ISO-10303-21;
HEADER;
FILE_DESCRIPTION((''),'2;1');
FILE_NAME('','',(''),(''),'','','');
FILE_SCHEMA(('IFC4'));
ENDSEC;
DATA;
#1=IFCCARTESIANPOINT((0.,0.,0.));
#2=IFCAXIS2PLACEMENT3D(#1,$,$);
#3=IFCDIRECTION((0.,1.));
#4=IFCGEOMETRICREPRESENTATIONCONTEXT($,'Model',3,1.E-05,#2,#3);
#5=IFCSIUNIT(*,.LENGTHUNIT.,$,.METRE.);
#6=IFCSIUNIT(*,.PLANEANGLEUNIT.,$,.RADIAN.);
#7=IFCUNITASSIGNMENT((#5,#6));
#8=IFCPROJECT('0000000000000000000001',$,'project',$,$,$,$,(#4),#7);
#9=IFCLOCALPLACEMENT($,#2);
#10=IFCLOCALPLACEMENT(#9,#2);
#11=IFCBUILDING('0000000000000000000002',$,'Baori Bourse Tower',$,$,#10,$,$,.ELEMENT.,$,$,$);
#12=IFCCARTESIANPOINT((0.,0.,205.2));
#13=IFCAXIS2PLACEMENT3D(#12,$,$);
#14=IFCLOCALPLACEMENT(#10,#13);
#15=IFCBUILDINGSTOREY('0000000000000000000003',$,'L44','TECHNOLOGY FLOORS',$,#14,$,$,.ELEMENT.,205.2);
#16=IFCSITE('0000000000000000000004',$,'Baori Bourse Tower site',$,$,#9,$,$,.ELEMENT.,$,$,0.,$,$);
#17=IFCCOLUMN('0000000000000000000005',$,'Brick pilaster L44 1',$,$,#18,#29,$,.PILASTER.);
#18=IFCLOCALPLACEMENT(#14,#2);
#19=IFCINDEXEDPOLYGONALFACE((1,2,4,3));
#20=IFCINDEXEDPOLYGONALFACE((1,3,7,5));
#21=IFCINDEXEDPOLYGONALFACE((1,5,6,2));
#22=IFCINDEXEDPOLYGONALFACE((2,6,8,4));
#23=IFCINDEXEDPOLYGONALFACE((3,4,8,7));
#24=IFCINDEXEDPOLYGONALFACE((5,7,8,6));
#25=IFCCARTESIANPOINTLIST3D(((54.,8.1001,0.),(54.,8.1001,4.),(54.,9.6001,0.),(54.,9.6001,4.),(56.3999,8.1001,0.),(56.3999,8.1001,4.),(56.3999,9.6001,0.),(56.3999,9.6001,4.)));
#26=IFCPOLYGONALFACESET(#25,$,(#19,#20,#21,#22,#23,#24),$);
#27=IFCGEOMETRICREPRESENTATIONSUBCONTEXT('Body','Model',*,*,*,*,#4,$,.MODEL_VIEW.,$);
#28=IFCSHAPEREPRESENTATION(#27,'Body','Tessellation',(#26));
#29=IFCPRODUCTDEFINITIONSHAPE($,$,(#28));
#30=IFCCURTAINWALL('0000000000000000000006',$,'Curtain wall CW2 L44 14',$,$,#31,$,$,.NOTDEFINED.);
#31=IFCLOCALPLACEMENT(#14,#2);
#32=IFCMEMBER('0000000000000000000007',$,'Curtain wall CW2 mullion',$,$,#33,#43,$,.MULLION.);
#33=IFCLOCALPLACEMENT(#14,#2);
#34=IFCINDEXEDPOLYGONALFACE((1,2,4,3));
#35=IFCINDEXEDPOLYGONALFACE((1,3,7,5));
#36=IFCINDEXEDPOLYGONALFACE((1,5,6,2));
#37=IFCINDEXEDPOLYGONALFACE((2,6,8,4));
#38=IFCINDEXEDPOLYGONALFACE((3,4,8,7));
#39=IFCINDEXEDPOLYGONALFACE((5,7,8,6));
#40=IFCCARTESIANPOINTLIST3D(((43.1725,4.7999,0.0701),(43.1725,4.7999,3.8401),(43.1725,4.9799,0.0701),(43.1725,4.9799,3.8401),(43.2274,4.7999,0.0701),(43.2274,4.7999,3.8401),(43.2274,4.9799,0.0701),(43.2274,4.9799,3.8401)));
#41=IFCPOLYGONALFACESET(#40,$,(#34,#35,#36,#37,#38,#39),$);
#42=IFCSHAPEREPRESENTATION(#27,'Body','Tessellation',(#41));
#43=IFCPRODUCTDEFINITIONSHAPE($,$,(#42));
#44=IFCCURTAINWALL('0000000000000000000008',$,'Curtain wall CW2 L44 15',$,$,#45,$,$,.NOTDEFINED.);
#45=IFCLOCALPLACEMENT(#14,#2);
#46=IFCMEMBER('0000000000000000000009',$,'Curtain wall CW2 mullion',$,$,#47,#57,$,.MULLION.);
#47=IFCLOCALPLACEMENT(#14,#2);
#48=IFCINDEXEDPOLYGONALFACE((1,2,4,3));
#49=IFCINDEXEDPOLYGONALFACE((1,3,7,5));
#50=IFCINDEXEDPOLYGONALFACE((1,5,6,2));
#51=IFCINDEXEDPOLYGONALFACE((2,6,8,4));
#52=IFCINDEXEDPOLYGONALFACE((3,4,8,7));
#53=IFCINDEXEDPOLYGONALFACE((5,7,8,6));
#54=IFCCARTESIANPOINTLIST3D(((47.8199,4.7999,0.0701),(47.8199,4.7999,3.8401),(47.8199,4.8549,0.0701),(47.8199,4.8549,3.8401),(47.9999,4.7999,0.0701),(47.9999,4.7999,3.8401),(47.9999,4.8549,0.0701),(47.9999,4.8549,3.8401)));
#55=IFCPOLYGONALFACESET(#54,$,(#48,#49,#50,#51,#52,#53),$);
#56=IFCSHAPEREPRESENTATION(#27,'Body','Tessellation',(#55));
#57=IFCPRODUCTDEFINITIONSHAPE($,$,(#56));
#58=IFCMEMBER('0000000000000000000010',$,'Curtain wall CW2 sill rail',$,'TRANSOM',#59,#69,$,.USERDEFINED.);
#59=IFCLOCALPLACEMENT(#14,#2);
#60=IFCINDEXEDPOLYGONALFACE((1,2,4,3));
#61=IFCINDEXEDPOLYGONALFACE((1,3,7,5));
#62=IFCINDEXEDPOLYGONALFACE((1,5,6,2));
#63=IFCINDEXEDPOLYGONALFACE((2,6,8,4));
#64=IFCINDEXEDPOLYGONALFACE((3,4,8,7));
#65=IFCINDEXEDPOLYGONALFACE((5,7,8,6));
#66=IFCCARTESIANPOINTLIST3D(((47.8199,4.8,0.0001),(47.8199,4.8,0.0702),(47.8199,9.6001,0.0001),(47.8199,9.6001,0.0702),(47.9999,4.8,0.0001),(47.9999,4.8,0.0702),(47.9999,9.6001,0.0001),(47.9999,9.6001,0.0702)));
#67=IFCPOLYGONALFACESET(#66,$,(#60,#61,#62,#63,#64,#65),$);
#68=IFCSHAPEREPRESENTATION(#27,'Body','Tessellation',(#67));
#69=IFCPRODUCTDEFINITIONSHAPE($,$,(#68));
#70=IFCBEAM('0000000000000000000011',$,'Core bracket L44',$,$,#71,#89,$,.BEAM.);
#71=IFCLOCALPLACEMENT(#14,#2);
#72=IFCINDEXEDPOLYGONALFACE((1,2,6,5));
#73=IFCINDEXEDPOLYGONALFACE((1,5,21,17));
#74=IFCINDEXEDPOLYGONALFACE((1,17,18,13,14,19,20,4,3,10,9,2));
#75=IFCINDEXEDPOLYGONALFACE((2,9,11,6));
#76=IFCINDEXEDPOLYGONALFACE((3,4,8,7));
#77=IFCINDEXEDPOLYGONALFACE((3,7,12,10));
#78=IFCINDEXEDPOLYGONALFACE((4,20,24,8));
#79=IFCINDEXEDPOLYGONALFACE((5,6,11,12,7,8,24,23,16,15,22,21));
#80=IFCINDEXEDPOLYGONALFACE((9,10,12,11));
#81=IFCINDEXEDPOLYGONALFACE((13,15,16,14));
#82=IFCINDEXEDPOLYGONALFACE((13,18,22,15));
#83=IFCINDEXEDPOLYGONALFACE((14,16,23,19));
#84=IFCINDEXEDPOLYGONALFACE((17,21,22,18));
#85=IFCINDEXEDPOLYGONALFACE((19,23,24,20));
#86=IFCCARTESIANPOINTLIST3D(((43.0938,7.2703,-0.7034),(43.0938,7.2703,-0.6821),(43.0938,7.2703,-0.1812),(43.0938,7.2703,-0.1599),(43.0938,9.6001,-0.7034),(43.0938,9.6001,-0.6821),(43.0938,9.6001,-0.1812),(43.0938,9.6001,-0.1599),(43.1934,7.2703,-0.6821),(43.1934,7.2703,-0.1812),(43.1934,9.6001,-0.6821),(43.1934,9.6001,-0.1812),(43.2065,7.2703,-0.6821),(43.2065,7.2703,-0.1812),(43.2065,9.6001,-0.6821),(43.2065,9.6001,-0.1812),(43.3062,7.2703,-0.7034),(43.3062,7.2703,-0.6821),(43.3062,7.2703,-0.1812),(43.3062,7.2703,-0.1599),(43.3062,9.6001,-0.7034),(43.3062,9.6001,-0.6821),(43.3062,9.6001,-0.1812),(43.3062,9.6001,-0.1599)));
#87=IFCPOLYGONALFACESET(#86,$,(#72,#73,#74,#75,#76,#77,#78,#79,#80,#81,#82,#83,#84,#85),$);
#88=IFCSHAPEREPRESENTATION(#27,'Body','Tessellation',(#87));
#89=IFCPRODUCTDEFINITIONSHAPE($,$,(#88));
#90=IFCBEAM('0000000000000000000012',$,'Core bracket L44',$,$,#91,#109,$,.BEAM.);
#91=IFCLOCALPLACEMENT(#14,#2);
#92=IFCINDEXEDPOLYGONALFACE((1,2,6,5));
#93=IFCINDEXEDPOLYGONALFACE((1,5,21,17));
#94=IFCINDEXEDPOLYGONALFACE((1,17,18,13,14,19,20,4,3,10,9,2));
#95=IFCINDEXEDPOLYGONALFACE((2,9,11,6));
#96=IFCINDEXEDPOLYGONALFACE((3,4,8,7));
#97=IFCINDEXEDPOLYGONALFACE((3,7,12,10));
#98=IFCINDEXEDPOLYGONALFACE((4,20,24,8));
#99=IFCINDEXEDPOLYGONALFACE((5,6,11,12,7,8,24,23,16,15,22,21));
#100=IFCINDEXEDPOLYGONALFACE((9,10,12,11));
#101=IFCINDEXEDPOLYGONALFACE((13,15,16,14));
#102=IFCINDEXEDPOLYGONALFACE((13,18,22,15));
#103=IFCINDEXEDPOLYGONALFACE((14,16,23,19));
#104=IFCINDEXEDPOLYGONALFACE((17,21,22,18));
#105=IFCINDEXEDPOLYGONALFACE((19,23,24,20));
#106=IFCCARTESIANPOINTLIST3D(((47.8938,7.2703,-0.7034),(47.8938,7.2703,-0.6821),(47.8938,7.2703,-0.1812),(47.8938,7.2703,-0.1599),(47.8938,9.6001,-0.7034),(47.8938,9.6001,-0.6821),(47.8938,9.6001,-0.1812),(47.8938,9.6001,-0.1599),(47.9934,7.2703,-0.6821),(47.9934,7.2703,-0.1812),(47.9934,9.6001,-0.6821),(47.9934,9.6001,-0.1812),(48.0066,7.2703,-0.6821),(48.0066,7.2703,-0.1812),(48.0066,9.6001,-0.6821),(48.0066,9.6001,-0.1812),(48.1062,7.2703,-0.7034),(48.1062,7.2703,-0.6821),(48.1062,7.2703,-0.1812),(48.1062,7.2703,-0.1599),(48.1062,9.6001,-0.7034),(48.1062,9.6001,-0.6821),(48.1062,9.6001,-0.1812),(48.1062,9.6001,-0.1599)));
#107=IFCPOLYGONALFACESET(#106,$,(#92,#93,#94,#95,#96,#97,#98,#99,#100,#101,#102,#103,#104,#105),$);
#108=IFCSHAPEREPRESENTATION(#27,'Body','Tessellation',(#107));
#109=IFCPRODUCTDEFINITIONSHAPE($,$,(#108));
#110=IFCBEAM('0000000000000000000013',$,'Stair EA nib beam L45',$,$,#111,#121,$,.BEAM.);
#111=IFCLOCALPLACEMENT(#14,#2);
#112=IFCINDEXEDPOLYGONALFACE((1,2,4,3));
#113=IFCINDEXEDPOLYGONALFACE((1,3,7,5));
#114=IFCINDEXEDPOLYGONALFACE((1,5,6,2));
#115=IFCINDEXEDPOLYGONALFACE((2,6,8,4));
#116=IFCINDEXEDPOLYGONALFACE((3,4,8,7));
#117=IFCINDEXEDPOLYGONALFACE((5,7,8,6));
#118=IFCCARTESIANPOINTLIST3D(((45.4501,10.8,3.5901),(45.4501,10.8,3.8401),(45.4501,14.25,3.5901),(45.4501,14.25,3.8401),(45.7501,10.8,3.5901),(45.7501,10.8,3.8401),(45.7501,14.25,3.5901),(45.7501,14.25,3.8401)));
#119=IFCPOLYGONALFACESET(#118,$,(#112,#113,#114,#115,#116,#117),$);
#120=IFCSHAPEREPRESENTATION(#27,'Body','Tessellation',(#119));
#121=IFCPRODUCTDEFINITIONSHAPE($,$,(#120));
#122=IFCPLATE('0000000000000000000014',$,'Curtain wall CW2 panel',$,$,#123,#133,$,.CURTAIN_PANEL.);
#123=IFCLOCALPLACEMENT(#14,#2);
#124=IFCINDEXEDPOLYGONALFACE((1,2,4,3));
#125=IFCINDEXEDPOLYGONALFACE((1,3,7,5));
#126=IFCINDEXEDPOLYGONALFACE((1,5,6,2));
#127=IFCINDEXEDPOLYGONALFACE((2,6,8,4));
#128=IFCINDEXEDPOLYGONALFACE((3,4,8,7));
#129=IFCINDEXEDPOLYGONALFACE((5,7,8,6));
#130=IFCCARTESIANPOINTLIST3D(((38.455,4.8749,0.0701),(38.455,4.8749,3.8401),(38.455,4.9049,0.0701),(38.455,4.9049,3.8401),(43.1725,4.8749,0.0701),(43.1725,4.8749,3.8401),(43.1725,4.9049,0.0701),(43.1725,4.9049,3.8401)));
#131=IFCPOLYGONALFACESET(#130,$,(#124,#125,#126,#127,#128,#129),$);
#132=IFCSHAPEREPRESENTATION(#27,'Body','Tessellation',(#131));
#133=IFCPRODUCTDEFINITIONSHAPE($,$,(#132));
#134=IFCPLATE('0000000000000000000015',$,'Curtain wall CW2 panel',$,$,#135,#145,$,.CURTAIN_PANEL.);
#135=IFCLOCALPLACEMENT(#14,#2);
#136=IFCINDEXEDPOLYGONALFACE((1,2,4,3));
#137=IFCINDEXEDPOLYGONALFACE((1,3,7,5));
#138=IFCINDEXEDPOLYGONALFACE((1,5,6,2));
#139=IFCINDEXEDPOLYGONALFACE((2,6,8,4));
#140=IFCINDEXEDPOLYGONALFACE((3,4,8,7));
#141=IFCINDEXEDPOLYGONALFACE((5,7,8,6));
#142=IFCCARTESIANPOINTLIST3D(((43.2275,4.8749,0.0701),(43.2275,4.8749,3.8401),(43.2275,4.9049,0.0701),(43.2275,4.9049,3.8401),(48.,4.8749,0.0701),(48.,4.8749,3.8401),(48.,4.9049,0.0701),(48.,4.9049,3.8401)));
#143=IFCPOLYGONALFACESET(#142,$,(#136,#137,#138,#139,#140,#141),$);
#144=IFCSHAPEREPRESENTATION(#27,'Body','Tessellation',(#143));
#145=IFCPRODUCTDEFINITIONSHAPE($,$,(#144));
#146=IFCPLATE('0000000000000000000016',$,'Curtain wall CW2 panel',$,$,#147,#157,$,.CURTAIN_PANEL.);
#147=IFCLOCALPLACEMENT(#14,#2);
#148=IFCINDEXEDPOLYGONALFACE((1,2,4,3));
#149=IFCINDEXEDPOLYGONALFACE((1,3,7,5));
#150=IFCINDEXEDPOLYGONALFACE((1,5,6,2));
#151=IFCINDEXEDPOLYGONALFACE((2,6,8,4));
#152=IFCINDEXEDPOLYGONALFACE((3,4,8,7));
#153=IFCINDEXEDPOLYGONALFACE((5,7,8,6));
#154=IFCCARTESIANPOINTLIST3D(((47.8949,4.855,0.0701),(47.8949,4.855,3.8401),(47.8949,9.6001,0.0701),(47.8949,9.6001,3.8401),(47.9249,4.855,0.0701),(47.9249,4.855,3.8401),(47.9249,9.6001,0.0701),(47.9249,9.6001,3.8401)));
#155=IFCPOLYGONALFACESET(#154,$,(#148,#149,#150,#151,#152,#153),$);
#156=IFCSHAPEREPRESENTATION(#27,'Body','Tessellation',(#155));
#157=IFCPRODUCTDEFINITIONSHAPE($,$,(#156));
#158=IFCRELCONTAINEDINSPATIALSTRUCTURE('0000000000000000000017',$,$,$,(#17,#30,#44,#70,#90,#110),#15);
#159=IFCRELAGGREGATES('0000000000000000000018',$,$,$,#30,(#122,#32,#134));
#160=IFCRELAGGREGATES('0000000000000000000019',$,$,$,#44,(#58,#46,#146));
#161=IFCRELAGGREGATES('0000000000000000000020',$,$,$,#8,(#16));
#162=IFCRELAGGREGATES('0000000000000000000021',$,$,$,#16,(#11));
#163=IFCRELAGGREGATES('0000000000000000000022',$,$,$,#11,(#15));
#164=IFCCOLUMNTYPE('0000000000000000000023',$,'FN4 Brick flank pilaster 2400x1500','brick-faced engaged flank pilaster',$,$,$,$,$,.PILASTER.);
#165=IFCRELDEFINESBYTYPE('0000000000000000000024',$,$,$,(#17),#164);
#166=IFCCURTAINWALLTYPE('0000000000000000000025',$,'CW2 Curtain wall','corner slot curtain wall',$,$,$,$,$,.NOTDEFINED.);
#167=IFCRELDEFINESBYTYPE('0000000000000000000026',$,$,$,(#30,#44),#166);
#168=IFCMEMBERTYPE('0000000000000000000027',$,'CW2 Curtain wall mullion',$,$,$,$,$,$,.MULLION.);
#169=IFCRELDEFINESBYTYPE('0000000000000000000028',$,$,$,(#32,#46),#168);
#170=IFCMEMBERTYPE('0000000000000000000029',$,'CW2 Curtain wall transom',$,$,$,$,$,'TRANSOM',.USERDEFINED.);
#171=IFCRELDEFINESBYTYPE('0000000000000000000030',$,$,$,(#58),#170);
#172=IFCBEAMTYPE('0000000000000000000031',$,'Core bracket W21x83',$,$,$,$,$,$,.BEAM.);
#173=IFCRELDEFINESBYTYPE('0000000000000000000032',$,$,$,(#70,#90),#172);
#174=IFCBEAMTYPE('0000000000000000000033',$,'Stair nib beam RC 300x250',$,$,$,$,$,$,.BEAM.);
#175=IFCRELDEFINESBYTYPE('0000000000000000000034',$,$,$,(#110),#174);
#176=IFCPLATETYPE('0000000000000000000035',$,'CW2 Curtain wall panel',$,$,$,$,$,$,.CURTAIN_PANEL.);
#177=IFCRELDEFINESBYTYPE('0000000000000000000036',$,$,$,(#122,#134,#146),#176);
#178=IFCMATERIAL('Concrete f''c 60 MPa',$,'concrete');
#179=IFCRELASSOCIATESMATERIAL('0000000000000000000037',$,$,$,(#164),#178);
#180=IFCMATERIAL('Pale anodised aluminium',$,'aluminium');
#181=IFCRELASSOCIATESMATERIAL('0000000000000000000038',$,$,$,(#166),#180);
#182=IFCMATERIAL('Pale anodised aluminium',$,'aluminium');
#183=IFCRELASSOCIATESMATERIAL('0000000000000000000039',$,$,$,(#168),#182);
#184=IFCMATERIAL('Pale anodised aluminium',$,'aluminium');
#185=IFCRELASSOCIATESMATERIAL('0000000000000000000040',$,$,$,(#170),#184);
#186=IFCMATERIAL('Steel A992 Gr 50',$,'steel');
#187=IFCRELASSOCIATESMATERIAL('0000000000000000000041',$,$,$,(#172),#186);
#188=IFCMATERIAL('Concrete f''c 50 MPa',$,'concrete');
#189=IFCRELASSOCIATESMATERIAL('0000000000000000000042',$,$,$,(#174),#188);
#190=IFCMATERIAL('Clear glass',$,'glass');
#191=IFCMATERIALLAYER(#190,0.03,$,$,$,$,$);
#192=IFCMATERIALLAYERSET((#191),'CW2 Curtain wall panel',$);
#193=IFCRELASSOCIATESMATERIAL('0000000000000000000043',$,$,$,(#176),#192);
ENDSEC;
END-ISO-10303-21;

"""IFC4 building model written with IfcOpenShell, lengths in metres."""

from ifc_helpers import new_model, si_unit, direction, frame, origin, origin_2d, place, context, subcontext, project, spatial, rectangle, i_section, extrude, material, layer, layer_set, material_profile, profile_set, type_object, element, aggregate, save


model = new_model("IFC4")

# Units and contexts
model_context = context("Model", 3, precision=1e-05, world=origin(), true_north=direction((0.0, 1.0)))
body_context = subcontext(model_context, "Body", "Model", "MODEL_VIEW")
ifc_project = project(units=[si_unit("LENGTHUNIT", "METRE"), si_unit("PLANEANGLEUNIT", "RADIAN")], contexts=[model_context])

# Site, building, storey
site_placement = place(None, origin())
site = spatial("IfcSite", under=ifc_project, at=site_placement, Name="Baori Bourse Tower site", CompositionType="ELEMENT", RefElevation=0.0)
building_placement = place(site_placement, origin())
building = spatial("IfcBuilding", under=site, at=building_placement, Name="Baori Bourse Tower", CompositionType="ELEMENT")
storey_placement = place(building_placement, frame((0.0, 0.0, 205.2)))
storey = spatial("IfcBuildingStorey", under=building, at=storey_placement, Name="L44", Description="TECHNOLOGY FLOORS", CompositionType="ELEMENT", Elevation=205.2)

# Column
ifc_material_1 = material(Name="Concrete f'c 60 MPa", Category="concrete")
ifc_material_profile_1 = material_profile(ifc_material_1, rectangle(XDim=2.3999, YDim=1.5, at=origin_2d()), Name="RC 2400x1500")
ifc_profile_set_1 = profile_set([ifc_material_profile_1], Name="Concrete f'c 60 MPa")
column_type = type_object("IfcColumnType", Name="FN4 Brick flank pilaster 2400x1500", Description="brick-faced engaged flank pilaster", PredefinedType="PILASTER", material=ifc_profile_set_1)
column_placement = place(storey_placement, frame((55.2, 8.8501, 0.0), z_axis=(0.0, 0.0, 1.0), x_axis=(1.0, 0.0, 0.0)))
element("IfcColumn", 1, at=column_placement, inside=storey, type_object=column_type, Name="Brick pilaster L44 1", PredefinedType="PILASTER", context=body_context, shape_type="SweptSolid", body=[
    extrude(rectangle(XDim=2.3999, YDim=1.5, at=origin_2d()), origin(), (0.0, 0.0, 1.0), 4.0),
])

# Curtain wall, member
ifc_material_2 = material(Name="Pale anodised aluminium", Category="aluminium")
curtain_wall_type = type_object("IfcCurtainWallType", Name="CW2 Curtain wall", Description="corner slot curtain wall", PredefinedType="NOTDEFINED", material=ifc_material_2)
curtain_wall_1_placement = place(storey_placement, origin())
curtain_wall_1 = element("IfcCurtainWall", 2, at=curtain_wall_1_placement, inside=storey, type_object=curtain_wall_type, Name="Curtain wall CW2 L44 14", PredefinedType="NOTDEFINED")
ifc_material_3 = material(Name="Pale anodised aluminium", Category="aluminium")
ifc_material_profile_2 = material_profile(ifc_material_3, rectangle(XDim=0.1799, YDim=0.0549, at=origin_2d()), Name="Mullion 55x180")
ifc_profile_set_2 = profile_set([ifc_material_profile_2], Name="Pale anodised aluminium")
member_type_1 = type_object("IfcMemberType", Name="CW2 Curtain wall mullion", PredefinedType="MULLION", material=ifc_profile_set_2)
member_1_placement = place(storey_placement, frame((43.2, 4.8899, 0.0701), z_axis=(0.0, 0.0, 1.0), x_axis=(0.0, 1.0, 0.0)))
member_1 = element("IfcMember", 3, at=member_1_placement, type_object=member_type_1, Name="Curtain wall CW2 mullion", PredefinedType="MULLION", context=body_context, shape_type="SweptSolid", body=[
    extrude(rectangle(XDim=0.1799, YDim=0.0549, at=origin_2d()), origin(), (0.0, 0.0, 1.0), 3.77),
])

# Curtain wall, members
curtain_wall_2_placement = place(storey_placement, origin())
curtain_wall_2 = element("IfcCurtainWall", 4, at=curtain_wall_2_placement, inside=storey, type_object=curtain_wall_type, Name="Curtain wall CW2 L44 15", PredefinedType="NOTDEFINED")
member_2_placement = place(storey_placement, frame((47.9099, 4.8274, 0.0701), z_axis=(0.0, 0.0, 1.0), x_axis=(-1.0, 0.0, 0.0)))
member_2 = element("IfcMember", 5, at=member_2_placement, type_object=member_type_1, Name="Curtain wall CW2 mullion", PredefinedType="MULLION", context=body_context, shape_type="SweptSolid", body=[
    extrude(rectangle(XDim=0.1799, YDim=0.0549, at=origin_2d()), origin(), (0.0, 0.0, 1.0), 3.77),
])
ifc_material_4 = material(Name="Pale anodised aluminium", Category="aluminium")
ifc_material_profile_3 = material_profile(ifc_material_4, rectangle(XDim=0.1799, YDim=0.0701, at=origin_2d()), Name="Transom 70x180")
ifc_profile_set_3 = profile_set([ifc_material_profile_3], Name="Pale anodised aluminium")
member_type_2 = type_object("IfcMemberType", Name="CW2 Curtain wall transom", ElementType="TRANSOM", PredefinedType="USERDEFINED", material=ifc_profile_set_3)
member_3_placement = place(storey_placement, frame((47.9099, 4.8, 0.0352), z_axis=(0.0, 1.0, 0.0), x_axis=(-1.0, 0.0, 0.0)))
member_3 = element("IfcMember", 6, at=member_3_placement, type_object=member_type_2, Name="Curtain wall CW2 sill rail", ObjectType="TRANSOM", PredefinedType="USERDEFINED", context=body_context, shape_type="SweptSolid", body=[
    extrude(rectangle(XDim=0.1799, YDim=0.0701, at=origin_2d()), origin(), (0.0, 0.0, 1.0), 4.8),
])

# Beams
ifc_material_5 = material(Name="Steel A992 Gr 50", Category="steel")
ifc_material_profile_4 = material_profile(ifc_material_5, i_section(OverallWidth=0.2124, OverallDepth=0.5435, WebThickness=0.0132, FlangeThickness=0.0212, at=origin_2d()), Name="W21x83")
ifc_profile_set_4 = profile_set([ifc_material_profile_4], Name="Steel A992 Gr 50")
beam_type_1 = type_object("IfcBeamType", Name="Core bracket W21x83", PredefinedType="BEAM", material=ifc_profile_set_4)
for number, where, z_axis, x_axis, name in (
    (7, (43.2, 7.2703, -0.4316), (0.0, 1.0, 0.0), (-1.0, 0.0, 0.0), "Core bracket L44"),
    (8, (48.0, 7.2703, -0.4316), (0.0, 1.0, 0.0), (-1.0, 0.0, 0.0), "Core bracket L44"),
):
    element("IfcBeam", number, at=place(storey_placement, frame(where, z_axis=z_axis, x_axis=x_axis)), inside=storey, type_object=beam_type_1, Name=name, PredefinedType="BEAM", context=body_context, shape_type="SweptSolid", body=[
        extrude(i_section(OverallWidth=0.2124, OverallDepth=0.5435, WebThickness=0.0132, FlangeThickness=0.0212, at=origin_2d()), origin(), (0.0, 0.0, 1.0), 2.3298),
    ])
ifc_material_6 = material(Name="Concrete f'c 50 MPa", Category="concrete")
ifc_material_profile_5 = material_profile(ifc_material_6, rectangle(XDim=0.3, YDim=0.25, at=origin_2d()), Name="RC 300x250")
ifc_profile_set_5 = profile_set([ifc_material_profile_5], Name="Concrete f'c 50 MPa")
beam_type_2 = type_object("IfcBeamType", Name="Stair nib beam RC 300x250", PredefinedType="BEAM", material=ifc_profile_set_5)
beam_placement = place(storey_placement, frame((45.6001, 10.8, 3.7151), z_axis=(0.0, 1.0, 0.0), x_axis=(-1.0, 0.0, 0.0)))
element("IfcBeam", 9, at=beam_placement, inside=storey, type_object=beam_type_2, Name="Stair EA nib beam L45", PredefinedType="BEAM", context=body_context, shape_type="SweptSolid", body=[
    extrude(rectangle(XDim=0.3, YDim=0.25, at=origin_2d()), origin(), (0.0, 0.0, 1.0), 3.45),
])

# Plates
ifc_material_7 = material(Name="Clear glass", Category="glass")
ifc_layer_1 = layer(ifc_material_7, 0.03)
ifc_layer_set_1 = layer_set([ifc_layer_1], Name="CW2 Curtain wall panel")
plate_type = type_object("IfcPlateType", Name="CW2 Curtain wall panel", PredefinedType="CURTAIN_PANEL", material=ifc_layer_set_1)
plate_1_placement = place(storey_placement, frame((40.8137, 4.8899, 0.0701), z_axis=(0.0, 0.0, 1.0), x_axis=(1.0, 0.0, 0.0)))
plate_1 = element("IfcPlate", 10, at=plate_1_placement, type_object=plate_type, Name="Curtain wall CW2 panel", PredefinedType="CURTAIN_PANEL", context=body_context, shape_type="SweptSolid", body=[
    extrude(rectangle(XDim=4.7175, YDim=0.03, at=origin_2d()), origin(), (0.0, 0.0, 1.0), 3.77),
])
plate_2_placement = place(storey_placement, frame((45.6138, 4.8899, 0.0701), z_axis=(0.0, 0.0, 1.0), x_axis=(1.0, 0.0, 0.0)))
plate_2 = element("IfcPlate", 11, at=plate_2_placement, type_object=plate_type, Name="Curtain wall CW2 panel", PredefinedType="CURTAIN_PANEL", context=body_context, shape_type="SweptSolid", body=[
    extrude(rectangle(XDim=4.7725, YDim=0.03, at=origin_2d()), origin(), (0.0, 0.0, 1.0), 3.77),
])
aggregate(curtain_wall_1, [plate_1, member_1, plate_2])
plate_3_placement = place(storey_placement, frame((47.9099, 7.2275, 0.0701), z_axis=(0.0, 0.0, 1.0), x_axis=(0.0, 1.0, 0.0)))
plate_3 = element("IfcPlate", 12, at=plate_3_placement, type_object=plate_type, Name="Curtain wall CW2 panel", PredefinedType="CURTAIN_PANEL", context=body_context, shape_type="SweptSolid", body=[
    extrude(rectangle(XDim=4.7451, YDim=0.03, at=origin_2d()), origin(), (0.0, 0.0, 1.0), 3.77),
])
aggregate(curtain_wall_2, [member_3, member_2, plate_3])

save(model, "model.ifc")
